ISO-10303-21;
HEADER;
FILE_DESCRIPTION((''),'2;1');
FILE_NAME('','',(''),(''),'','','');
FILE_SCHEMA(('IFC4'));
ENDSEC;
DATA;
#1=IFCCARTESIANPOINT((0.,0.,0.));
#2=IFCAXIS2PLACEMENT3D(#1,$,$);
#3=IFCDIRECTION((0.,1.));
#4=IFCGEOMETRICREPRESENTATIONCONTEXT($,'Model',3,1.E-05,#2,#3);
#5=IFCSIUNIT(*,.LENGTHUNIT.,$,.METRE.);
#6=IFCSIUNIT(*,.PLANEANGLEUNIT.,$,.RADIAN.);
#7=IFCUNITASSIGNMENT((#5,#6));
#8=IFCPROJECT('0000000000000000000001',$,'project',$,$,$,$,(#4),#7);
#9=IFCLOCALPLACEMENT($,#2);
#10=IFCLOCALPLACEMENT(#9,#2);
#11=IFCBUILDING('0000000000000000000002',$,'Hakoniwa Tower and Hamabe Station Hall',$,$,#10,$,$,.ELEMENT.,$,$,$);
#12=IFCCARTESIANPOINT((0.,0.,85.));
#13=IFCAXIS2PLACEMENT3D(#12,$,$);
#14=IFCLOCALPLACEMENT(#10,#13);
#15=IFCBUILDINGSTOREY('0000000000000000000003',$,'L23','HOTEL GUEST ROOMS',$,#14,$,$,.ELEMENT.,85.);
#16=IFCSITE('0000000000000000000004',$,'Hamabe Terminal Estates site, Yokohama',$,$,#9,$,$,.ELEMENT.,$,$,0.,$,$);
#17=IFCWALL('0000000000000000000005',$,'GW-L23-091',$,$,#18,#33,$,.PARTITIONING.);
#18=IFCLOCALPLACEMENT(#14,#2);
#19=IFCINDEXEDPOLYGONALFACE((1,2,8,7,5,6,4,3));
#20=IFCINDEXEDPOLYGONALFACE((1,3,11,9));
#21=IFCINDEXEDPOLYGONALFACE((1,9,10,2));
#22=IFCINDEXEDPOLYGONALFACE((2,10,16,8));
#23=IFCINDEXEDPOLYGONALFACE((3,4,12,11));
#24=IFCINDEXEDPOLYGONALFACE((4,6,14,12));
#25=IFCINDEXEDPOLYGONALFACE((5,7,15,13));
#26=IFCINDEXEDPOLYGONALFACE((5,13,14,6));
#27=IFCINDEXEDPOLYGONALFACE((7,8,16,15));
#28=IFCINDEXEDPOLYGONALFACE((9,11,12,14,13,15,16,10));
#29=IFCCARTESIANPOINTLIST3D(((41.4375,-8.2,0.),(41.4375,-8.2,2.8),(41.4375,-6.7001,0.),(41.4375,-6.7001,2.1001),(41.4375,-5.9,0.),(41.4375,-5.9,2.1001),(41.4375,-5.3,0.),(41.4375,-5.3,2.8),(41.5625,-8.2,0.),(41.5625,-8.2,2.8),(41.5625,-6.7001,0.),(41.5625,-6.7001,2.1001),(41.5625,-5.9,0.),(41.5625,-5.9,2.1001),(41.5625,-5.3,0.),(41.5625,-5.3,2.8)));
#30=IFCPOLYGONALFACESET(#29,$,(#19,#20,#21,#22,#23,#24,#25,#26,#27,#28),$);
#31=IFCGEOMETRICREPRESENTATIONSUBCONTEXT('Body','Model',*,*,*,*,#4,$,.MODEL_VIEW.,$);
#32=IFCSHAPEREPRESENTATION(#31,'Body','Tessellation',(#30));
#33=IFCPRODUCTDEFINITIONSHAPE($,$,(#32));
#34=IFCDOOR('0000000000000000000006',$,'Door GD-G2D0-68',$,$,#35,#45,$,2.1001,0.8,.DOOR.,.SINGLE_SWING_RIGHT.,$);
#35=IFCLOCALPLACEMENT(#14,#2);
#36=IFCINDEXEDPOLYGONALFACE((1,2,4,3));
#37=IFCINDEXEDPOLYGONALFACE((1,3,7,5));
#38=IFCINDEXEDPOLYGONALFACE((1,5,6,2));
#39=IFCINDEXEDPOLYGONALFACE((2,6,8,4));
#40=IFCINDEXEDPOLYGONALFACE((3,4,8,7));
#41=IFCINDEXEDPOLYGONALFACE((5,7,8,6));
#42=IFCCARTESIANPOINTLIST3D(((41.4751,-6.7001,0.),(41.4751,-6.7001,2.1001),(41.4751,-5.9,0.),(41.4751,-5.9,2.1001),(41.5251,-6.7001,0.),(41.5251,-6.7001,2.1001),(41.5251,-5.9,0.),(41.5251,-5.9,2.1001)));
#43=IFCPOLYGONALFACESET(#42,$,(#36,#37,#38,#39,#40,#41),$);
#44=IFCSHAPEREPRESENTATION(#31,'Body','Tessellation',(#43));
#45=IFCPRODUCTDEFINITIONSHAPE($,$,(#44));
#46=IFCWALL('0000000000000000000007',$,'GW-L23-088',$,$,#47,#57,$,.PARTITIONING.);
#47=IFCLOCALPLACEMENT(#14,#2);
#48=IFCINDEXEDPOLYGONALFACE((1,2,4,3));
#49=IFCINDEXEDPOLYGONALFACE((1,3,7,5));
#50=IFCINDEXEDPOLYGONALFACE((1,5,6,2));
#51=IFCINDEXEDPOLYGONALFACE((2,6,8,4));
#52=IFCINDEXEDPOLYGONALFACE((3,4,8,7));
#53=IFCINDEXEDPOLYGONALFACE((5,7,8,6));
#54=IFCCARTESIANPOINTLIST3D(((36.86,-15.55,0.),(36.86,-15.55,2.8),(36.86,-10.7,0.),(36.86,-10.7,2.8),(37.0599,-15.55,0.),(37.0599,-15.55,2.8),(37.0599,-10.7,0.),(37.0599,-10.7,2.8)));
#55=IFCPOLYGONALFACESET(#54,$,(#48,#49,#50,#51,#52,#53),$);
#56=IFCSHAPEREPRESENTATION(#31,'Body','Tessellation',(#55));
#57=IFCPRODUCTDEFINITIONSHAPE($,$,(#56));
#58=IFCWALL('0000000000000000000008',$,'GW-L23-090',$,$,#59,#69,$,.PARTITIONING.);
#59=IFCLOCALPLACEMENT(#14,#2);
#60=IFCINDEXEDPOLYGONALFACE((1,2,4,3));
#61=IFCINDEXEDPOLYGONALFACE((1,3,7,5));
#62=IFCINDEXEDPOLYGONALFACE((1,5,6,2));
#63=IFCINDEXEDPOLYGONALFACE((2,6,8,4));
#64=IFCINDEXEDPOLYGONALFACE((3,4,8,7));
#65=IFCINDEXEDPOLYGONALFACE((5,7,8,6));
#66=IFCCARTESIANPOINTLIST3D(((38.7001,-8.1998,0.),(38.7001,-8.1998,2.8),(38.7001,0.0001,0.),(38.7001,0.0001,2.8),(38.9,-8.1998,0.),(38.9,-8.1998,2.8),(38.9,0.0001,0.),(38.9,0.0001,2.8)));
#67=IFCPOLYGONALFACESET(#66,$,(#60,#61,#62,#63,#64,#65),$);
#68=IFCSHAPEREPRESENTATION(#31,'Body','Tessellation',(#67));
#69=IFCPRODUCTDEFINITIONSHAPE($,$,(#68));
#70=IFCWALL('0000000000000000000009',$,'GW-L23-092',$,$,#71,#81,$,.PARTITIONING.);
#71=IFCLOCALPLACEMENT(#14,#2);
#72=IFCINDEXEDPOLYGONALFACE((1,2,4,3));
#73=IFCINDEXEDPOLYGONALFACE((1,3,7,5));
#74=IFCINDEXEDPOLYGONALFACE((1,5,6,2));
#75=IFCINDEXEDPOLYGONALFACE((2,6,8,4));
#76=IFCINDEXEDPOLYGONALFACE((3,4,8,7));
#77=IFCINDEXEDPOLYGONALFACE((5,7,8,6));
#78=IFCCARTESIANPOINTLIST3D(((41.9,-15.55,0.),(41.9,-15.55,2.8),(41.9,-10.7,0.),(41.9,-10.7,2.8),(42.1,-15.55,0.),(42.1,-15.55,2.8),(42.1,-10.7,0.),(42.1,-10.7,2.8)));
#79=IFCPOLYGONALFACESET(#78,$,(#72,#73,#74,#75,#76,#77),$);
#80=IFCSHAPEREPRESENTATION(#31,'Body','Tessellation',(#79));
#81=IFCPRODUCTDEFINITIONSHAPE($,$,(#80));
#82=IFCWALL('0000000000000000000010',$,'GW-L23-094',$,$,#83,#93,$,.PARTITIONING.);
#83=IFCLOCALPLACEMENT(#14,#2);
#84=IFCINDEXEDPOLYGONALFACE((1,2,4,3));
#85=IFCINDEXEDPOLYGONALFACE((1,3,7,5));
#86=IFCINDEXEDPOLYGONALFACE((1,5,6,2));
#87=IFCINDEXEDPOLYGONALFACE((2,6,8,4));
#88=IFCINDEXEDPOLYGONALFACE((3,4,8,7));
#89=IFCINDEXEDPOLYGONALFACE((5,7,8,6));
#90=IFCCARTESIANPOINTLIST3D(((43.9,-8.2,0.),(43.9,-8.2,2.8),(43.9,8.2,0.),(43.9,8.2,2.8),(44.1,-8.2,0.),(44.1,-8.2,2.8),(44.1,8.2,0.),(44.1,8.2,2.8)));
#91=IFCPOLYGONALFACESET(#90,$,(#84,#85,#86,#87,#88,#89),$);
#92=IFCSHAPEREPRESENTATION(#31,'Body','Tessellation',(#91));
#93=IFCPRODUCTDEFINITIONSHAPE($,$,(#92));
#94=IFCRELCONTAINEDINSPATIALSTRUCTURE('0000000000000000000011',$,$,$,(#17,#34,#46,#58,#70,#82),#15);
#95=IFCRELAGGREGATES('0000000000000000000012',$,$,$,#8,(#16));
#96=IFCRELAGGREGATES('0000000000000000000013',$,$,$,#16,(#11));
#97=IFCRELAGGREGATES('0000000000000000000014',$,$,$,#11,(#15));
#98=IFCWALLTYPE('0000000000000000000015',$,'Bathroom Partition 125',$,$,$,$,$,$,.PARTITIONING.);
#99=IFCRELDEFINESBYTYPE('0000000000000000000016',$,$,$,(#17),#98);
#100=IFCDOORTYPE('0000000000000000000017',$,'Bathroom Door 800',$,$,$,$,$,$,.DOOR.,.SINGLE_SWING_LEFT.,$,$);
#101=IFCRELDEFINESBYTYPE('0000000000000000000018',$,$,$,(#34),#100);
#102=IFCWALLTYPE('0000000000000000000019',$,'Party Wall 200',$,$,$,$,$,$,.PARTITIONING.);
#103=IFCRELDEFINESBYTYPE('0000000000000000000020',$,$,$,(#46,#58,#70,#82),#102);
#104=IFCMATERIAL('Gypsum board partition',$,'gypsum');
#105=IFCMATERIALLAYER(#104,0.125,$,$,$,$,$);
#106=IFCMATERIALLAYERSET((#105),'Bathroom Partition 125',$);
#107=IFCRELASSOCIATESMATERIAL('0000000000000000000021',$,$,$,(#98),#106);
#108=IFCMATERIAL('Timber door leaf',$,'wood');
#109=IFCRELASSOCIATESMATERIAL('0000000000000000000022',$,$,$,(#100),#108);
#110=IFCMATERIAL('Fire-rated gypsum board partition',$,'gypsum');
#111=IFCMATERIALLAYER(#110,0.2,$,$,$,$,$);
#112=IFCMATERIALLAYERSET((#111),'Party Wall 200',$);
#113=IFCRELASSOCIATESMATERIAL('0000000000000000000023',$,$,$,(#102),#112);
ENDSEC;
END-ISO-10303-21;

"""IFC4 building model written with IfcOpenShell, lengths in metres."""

from ifc_helpers import new_model, si_unit, direction, frame, frame_2d, origin, place, context, subcontext, project, spatial, rectangle, extrude, material, layer, layer_set, type_object, element, fill, save


model = new_model("IFC4")

# Units and contexts
model_context = context("Model", 3, precision=1e-05, world=origin(), true_north=direction((0.0, 1.0)))
body_context = subcontext(model_context, "Body", "Model", "MODEL_VIEW")
ifc_project = project(units=[si_unit("LENGTHUNIT", "METRE"), si_unit("PLANEANGLEUNIT", "RADIAN")], contexts=[model_context])

# Site, building, storey
site_placement = place(None, origin())
site = spatial("IfcSite", under=ifc_project, at=site_placement, Name="Hamabe Terminal Estates site, Yokohama", CompositionType="ELEMENT", RefElevation=0.0)
building_placement = place(site_placement, origin())
building = spatial("IfcBuilding", under=site, at=building_placement, Name="Hakoniwa Tower and Hamabe Station Hall", CompositionType="ELEMENT")
storey_placement = place(building_placement, frame((0.0, 0.0, 85.0)))
storey = spatial("IfcBuildingStorey", under=building, at=storey_placement, Name="L23", Description="HOTEL GUEST ROOMS", CompositionType="ELEMENT", Elevation=85.0)

# Shared definitions
ifc_material_1 = material(Name="Gypsum board partition", Category="gypsum")
ifc_layer_1 = layer(ifc_material_1, 0.125)
ifc_layer_set_1 = layer_set([ifc_layer_1], Name="Bathroom Partition 125")
wall_type_1 = type_object("IfcWallType", Name="Bathroom Partition 125", PredefinedType="PARTITIONING", material=ifc_layer_set_1)

# Wall, opening, door
ifc_material_2 = material(Name="Timber door leaf", Category="wood")
door_type = type_object("IfcDoorType", Name="Bathroom Door 800", OperationType="SINGLE_SWING_LEFT", PredefinedType="DOOR", material=ifc_material_2)
wall_1_placement = place(storey_placement, frame((41.5, -8.2, 0.0), z_axis=(0.0, 0.0, 1.0), x_axis=(0.0, 1.0, 0.0)))
wall_1 = element("IfcWall", 1, at=wall_1_placement, inside=storey, type_object=wall_type_1, Name="GW-L23-091", PredefinedType="PARTITIONING", context=body_context, shape_type="SweptSolid", body=[
    extrude(rectangle(XDim=2.8999, YDim=0.125, at=frame_2d((1.45, 0.0))), origin(), (0.0, 0.0, 1.0), 2.8),
])
opening_1_placement = place(wall_1_placement, frame((1.5, 0.0, 0.0)))
opening_1 = element("IfcOpeningElement", 2, at=opening_1_placement, cuts=wall_1, PredefinedType="OPENING", context=body_context, shape_type="SweptSolid", body=[
    extrude(rectangle(XDim=0.8, YDim=2.1001, at=frame_2d((0.3999, 1.05))), frame((0.0, 0.0725, 0.0), z_axis=(0.0, -1.0, 0.0), x_axis=(1.0, 0.0, 0.0)), (0.0, 0.0, 1.0), 0.145),
])
door_1_placement = place(opening_1_placement, origin())
door_1 = element("IfcDoor", 3, at=door_1_placement, inside=storey, type_object=door_type, Name="Door GD-G2D0-68", OperationType="SINGLE_SWING_RIGHT", OverallHeight=2.1001, OverallWidth=0.8, PredefinedType="DOOR", context=body_context, shape_type="SweptSolid", body=[
    extrude(rectangle(XDim=0.8, YDim=2.1001, at=frame_2d((0.3999, 1.05))), frame((0.0, 0.0249, 0.0), z_axis=(0.0, -1.0, 0.0), x_axis=(1.0, 0.0, 0.0)), (0.0, 0.0, 1.0), 0.05),
])
fill(opening_1, door_1)

# Walls
ifc_material_3 = material(Name="Fire-rated gypsum board partition", Category="gypsum")
ifc_layer_2 = layer(ifc_material_3, 0.2)
ifc_layer_set_2 = layer_set([ifc_layer_2], Name="Party Wall 200")
wall_type_2 = type_object("IfcWallType", Name="Party Wall 200", PredefinedType="PARTITIONING", material=ifc_layer_set_2)
wall_2_placement = place(storey_placement, frame((36.96, -15.55, 0.0), z_axis=(0.0, 0.0, 1.0), x_axis=(0.0, 1.0, 0.0)))
element("IfcWall", 4, at=wall_2_placement, inside=storey, type_object=wall_type_2, Name="GW-L23-088", PredefinedType="PARTITIONING", context=body_context, shape_type="SweptSolid", body=[
    extrude(rectangle(XDim=4.8501, YDim=0.2, at=frame_2d((2.425, 0.0))), origin(), (0.0, 0.0, 1.0), 2.8),
])
wall_3_placement = place(storey_placement, frame((38.8, -8.2, 0.0), z_axis=(0.0, 0.0, 1.0), x_axis=(0.0, 1.0, 0.0)))
element("IfcWall", 5, at=wall_3_placement, inside=storey, type_object=wall_type_2, Name="GW-L23-090", PredefinedType="PARTITIONING", context=body_context, shape_type="SweptSolid", body=[
    extrude(rectangle(XDim=8.2, YDim=0.2, at=frame_2d((4.1001, 0.0))), origin(), (0.0, 0.0, 1.0), 2.8),
])
wall_4_placement = place(storey_placement, frame((42.0, -15.55, 0.0), z_axis=(0.0, 0.0, 1.0), x_axis=(0.0, 1.0, 0.0)))
element("IfcWall", 6, at=wall_4_placement, inside=storey, type_object=wall_type_2, Name="GW-L23-092", PredefinedType="PARTITIONING", context=body_context, shape_type="SweptSolid", body=[
    extrude(rectangle(XDim=4.8501, YDim=0.2, at=frame_2d((2.425, 0.0))), origin(), (0.0, 0.0, 1.0), 2.8),
])
wall_5_placement = place(storey_placement, frame((44.0, -8.2, 0.0), z_axis=(0.0, 0.0, 1.0), x_axis=(0.0, 1.0, 0.0)))
element("IfcWall", 7, at=wall_5_placement, inside=storey, type_object=wall_type_2, Name="GW-L23-094", PredefinedType="PARTITIONING", context=body_context, shape_type="SweptSolid", body=[
    extrude(rectangle(XDim=16.3999, YDim=0.2, at=frame_2d((8.2, 0.0))), origin(), (0.0, 0.0, 1.0), 2.8),
])

save(model, "model.ifc")
